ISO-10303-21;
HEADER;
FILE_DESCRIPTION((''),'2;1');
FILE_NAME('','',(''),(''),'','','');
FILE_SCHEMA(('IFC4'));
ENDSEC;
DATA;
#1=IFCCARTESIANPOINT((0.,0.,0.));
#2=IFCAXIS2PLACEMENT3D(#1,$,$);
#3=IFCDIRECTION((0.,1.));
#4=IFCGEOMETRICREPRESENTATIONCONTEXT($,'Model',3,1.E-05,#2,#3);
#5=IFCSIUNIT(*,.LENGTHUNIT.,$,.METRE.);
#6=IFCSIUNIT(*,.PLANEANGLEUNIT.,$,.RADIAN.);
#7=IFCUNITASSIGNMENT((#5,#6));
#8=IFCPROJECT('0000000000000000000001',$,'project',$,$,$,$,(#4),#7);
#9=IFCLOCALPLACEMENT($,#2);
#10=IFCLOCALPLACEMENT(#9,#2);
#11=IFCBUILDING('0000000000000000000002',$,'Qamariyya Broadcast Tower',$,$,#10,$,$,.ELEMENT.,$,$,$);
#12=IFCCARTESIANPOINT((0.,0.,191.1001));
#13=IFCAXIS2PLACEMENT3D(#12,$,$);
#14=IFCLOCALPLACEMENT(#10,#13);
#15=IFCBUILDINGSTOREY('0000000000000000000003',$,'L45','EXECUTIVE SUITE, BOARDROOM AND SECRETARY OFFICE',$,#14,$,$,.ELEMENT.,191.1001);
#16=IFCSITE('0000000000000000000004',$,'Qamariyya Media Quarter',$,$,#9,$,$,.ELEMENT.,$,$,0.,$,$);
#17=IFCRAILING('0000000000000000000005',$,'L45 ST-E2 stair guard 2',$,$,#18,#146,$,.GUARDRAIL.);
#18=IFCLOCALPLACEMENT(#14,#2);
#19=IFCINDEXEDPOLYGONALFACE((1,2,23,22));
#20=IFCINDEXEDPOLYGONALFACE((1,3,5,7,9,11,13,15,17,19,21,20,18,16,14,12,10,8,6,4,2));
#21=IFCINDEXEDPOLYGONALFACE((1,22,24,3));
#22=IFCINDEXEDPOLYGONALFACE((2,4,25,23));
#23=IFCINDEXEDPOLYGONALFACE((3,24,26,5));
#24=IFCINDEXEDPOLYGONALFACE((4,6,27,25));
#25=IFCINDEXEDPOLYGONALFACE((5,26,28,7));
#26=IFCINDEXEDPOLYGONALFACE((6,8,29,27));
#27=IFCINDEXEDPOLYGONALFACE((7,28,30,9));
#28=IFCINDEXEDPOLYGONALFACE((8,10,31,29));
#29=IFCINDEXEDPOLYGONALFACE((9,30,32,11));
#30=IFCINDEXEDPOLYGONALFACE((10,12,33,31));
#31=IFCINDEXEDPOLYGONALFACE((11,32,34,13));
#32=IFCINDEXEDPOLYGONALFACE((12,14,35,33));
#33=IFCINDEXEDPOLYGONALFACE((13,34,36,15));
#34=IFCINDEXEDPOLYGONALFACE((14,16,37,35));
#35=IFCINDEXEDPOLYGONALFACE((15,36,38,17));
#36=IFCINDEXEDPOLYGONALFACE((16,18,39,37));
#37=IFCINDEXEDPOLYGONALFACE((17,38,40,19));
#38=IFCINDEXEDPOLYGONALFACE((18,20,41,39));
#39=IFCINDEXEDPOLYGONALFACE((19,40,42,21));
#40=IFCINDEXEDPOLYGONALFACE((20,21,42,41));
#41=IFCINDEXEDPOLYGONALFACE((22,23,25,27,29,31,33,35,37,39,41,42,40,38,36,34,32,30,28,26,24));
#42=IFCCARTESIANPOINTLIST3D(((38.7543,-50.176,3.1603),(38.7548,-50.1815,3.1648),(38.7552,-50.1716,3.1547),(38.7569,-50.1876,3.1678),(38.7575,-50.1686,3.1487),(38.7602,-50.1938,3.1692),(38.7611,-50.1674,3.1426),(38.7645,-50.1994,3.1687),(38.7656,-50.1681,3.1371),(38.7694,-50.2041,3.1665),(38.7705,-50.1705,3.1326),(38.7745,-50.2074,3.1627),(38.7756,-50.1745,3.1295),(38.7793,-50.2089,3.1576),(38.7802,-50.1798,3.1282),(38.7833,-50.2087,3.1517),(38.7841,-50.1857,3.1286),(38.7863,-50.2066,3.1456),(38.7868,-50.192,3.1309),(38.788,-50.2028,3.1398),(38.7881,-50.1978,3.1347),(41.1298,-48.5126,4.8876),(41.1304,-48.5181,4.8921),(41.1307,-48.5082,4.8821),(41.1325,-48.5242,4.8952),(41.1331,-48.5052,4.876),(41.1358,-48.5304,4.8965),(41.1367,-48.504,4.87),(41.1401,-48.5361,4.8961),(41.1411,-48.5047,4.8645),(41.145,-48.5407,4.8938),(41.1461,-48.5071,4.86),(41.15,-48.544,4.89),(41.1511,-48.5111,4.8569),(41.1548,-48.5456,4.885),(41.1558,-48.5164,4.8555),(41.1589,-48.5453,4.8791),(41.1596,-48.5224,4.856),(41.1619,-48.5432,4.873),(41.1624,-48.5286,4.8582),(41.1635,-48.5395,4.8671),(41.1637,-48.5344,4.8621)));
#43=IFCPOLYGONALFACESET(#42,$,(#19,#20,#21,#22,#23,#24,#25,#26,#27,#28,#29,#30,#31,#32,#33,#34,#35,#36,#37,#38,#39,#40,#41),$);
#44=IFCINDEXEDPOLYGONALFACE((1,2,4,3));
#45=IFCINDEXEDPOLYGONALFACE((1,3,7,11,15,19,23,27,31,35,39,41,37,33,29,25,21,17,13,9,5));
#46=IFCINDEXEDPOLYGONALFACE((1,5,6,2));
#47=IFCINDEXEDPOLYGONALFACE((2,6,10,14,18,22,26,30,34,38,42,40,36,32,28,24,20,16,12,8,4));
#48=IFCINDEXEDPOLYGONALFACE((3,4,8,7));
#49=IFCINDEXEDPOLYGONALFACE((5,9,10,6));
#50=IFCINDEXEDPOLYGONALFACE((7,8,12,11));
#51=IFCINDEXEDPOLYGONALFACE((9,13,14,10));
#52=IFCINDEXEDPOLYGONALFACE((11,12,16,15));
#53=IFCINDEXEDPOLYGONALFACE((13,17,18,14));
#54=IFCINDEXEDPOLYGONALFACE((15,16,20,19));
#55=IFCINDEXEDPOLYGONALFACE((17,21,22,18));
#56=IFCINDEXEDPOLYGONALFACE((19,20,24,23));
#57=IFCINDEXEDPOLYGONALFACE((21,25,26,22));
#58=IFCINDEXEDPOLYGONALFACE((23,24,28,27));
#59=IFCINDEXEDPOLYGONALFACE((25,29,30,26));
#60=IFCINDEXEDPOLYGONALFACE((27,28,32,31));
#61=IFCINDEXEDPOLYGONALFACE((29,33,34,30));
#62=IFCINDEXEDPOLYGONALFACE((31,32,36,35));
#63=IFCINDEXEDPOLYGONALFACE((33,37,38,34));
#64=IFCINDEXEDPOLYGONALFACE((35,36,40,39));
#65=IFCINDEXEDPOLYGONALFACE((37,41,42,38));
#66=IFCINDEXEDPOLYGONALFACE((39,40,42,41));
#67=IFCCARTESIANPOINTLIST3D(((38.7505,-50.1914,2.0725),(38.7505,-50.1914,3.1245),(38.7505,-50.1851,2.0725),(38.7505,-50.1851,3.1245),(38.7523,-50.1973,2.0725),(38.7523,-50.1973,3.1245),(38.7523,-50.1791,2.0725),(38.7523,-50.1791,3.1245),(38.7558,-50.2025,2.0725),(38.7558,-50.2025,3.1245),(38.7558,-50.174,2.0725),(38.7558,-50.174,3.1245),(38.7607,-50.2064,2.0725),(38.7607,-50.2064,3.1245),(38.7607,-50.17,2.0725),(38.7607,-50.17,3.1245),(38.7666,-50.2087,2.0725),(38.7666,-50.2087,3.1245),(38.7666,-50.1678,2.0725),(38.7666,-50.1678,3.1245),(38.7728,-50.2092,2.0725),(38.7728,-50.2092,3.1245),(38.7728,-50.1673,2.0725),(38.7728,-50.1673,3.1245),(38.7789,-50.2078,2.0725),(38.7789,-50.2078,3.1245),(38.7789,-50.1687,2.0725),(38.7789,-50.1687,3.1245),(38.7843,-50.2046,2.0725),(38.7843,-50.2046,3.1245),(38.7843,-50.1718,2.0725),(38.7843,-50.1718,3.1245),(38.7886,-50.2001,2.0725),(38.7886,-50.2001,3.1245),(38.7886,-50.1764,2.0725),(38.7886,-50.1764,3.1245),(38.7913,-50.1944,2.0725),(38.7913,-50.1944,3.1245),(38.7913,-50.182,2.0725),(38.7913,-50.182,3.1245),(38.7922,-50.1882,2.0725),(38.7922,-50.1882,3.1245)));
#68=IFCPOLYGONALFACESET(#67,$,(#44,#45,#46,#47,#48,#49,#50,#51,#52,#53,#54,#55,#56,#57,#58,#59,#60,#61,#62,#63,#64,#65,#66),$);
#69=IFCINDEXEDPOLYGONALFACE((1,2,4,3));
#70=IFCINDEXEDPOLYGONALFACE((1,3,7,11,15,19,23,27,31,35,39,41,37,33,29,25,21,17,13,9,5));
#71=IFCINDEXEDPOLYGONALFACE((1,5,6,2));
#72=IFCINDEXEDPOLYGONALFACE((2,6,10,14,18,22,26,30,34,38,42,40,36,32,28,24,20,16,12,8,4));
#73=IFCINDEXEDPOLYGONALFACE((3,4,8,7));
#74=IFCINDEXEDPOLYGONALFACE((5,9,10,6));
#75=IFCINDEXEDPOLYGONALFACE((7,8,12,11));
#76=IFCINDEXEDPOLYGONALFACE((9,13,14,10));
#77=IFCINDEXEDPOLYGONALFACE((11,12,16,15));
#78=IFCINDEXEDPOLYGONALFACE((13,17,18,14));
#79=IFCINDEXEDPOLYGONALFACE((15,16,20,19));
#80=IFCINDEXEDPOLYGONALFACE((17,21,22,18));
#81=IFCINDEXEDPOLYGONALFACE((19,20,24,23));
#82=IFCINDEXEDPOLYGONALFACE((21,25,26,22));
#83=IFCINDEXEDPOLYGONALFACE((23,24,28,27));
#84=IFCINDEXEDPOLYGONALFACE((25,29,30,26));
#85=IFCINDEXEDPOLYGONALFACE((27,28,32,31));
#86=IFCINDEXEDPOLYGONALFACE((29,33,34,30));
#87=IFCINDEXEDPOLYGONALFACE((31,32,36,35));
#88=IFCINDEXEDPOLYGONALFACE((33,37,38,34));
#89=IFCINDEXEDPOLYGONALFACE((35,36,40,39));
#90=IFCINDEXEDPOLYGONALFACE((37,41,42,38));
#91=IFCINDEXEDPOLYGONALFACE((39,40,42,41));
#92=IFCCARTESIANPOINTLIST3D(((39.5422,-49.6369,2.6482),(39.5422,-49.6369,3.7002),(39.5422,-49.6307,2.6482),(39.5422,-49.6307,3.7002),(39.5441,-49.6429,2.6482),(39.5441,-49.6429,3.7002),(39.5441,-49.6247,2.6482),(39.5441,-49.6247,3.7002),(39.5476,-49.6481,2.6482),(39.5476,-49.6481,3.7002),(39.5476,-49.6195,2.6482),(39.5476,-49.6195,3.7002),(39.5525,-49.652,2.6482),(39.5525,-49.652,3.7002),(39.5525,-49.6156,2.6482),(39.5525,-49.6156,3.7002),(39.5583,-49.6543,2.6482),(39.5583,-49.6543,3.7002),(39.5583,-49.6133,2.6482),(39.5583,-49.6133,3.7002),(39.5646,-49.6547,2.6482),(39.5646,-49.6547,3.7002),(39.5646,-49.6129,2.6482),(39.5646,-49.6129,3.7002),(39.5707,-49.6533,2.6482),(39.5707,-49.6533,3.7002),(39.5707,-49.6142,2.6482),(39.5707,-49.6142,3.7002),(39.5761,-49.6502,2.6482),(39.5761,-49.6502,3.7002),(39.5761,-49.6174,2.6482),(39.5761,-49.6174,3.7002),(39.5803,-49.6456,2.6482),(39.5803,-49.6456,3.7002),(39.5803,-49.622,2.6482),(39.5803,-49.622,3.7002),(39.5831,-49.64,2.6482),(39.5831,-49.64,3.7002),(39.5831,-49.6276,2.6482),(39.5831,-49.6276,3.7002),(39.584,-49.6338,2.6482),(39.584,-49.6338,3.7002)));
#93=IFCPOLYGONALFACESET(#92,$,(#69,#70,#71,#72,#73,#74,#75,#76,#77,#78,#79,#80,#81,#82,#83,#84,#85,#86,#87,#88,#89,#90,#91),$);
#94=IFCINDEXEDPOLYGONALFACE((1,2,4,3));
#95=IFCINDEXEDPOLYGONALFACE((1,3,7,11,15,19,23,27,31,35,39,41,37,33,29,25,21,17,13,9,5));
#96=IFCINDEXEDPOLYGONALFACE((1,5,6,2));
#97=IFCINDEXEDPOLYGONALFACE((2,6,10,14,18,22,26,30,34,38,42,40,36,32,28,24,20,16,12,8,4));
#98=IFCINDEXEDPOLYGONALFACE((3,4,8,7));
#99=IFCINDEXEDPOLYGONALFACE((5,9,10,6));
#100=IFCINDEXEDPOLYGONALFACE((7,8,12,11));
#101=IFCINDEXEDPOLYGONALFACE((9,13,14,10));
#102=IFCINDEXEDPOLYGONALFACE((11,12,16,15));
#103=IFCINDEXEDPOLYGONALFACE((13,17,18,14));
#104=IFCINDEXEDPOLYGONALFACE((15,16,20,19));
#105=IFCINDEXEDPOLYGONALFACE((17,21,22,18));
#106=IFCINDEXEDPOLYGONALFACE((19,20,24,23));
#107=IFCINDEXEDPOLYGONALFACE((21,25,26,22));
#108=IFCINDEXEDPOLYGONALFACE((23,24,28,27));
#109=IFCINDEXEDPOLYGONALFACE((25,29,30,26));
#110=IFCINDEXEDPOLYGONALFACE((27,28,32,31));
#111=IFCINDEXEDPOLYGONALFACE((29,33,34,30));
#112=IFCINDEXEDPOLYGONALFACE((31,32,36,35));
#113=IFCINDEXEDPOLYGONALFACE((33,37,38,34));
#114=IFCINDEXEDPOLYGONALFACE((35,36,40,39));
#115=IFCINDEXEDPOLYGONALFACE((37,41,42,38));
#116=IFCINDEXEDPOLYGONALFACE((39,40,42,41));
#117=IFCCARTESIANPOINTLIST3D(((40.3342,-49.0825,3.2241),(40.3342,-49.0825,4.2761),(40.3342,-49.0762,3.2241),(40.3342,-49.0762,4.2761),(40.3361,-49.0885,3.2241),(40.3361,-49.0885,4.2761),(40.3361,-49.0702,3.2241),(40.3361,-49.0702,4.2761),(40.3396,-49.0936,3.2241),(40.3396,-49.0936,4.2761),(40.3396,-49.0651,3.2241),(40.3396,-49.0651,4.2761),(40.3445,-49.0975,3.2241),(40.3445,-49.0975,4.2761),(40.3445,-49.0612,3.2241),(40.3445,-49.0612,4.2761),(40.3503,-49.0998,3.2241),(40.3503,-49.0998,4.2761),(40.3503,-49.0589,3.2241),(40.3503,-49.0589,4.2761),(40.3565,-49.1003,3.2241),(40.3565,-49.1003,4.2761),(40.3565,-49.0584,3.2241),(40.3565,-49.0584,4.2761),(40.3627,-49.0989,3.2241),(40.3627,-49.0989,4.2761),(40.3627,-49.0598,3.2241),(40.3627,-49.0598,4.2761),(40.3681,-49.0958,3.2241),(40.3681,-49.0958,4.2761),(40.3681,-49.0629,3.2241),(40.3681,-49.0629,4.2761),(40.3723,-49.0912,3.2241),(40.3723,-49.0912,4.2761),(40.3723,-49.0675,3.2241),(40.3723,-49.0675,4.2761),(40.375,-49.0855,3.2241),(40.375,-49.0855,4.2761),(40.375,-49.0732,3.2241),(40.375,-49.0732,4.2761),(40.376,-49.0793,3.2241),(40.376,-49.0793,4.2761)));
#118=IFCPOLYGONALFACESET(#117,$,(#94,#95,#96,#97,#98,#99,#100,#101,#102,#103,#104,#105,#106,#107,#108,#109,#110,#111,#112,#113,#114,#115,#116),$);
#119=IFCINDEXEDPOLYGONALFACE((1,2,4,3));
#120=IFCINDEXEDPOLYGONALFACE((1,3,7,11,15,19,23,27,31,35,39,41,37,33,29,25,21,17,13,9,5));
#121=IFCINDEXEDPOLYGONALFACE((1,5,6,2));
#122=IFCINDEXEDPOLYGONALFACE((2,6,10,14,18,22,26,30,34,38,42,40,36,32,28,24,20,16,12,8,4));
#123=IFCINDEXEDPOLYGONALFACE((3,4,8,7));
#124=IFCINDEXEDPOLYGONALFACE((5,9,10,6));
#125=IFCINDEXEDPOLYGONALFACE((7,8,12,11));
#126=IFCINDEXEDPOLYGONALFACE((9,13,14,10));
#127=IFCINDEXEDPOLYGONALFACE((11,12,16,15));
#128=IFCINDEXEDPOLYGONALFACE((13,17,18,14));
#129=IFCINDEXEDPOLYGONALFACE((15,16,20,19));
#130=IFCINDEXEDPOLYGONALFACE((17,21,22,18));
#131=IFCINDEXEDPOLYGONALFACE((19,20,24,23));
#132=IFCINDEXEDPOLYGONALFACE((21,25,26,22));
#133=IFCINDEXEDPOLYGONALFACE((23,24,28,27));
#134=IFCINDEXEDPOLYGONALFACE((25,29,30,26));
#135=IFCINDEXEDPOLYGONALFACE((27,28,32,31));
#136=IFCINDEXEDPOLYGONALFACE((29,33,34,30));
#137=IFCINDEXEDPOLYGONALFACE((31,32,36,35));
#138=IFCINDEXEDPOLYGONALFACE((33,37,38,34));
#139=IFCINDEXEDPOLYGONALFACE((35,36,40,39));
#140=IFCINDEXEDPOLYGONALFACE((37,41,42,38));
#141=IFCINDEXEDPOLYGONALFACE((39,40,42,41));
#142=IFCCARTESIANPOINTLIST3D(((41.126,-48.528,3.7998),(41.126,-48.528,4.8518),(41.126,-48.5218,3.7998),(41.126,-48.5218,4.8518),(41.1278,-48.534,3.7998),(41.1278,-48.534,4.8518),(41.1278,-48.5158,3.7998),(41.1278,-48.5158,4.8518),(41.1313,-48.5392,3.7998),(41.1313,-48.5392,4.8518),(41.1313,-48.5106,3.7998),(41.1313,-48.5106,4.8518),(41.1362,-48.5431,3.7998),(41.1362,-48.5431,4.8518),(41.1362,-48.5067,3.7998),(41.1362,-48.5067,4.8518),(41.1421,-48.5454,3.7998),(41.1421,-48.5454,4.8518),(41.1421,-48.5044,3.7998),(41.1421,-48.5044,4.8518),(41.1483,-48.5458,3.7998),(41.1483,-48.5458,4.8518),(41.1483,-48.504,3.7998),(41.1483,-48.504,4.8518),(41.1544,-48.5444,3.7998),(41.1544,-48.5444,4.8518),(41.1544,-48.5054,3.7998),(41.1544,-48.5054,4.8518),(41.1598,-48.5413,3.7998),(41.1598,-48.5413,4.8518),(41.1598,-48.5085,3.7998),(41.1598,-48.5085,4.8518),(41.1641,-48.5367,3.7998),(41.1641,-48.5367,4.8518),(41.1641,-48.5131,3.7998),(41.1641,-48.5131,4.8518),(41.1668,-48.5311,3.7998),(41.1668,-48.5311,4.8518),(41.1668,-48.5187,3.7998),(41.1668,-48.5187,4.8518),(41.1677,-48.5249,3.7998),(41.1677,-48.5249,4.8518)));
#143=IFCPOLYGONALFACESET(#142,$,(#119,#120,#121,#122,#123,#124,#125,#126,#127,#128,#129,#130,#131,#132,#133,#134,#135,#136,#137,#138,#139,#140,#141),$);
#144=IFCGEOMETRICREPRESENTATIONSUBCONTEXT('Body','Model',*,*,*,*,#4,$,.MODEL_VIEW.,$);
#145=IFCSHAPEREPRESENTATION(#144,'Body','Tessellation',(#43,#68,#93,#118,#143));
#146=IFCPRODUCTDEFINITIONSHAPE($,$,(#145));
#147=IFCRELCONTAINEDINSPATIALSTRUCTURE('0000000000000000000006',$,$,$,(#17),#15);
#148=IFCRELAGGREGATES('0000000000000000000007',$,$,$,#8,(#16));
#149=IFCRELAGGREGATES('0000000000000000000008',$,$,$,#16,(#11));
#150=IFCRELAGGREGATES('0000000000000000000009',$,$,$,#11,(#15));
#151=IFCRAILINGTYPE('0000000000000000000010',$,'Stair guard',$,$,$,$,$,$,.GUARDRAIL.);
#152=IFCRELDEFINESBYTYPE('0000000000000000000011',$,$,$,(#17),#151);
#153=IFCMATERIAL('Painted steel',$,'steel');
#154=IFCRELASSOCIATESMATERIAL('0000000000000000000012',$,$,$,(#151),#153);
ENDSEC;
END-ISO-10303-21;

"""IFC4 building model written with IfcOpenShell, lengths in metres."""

from ifc_helpers import new_model, si_unit, direction, frame, origin, origin_2d, place, context, subcontext, project, spatial, circle, extrude, material, type_object, element, save


model = new_model("IFC4")

# Units and contexts
model_context = context("Model", 3, precision=1e-05, world=origin(), true_north=direction((0.0, 1.0)))
body_context = subcontext(model_context, "Body", "Model", "MODEL_VIEW")
ifc_project = project(units=[si_unit("LENGTHUNIT", "METRE"), si_unit("PLANEANGLEUNIT", "RADIAN")], contexts=[model_context])

# Site, building, storey
site_placement = place(None, origin())
site = spatial("IfcSite", under=ifc_project, at=site_placement, Name="Qamariyya Media Quarter", CompositionType="ELEMENT", RefElevation=0.0)
building_placement = place(site_placement, origin())
building = spatial("IfcBuilding", under=site, at=building_placement, Name="Qamariyya Broadcast Tower", CompositionType="ELEMENT")
storey_placement = place(building_placement, frame((0.0, 0.0, 191.1001)))
storey = spatial("IfcBuildingStorey", under=building, at=storey_placement, Name="L45", Description="EXECUTIVE SUITE, BOARDROOM AND SECRETARY OFFICE", CompositionType="ELEMENT", Elevation=191.1001)

# Railing
ifc_material_1 = material(Name="Painted steel", Category="steel")
railing_type_1 = type_object("IfcRailingType", Name="Stair guard", PredefinedType="GUARDRAIL", material=ifc_material_1)
railing_1_placement = place(storey_placement, frame((38.7712, -50.1882, 2.0725)))
element("IfcRailing", 1, at=railing_1_placement, inside=storey, type_object=railing_type_1, Name="L45 ST-E2 stair guard 2", PredefinedType="GUARDRAIL", context=body_context, shape_type="SweptSolid", body=[
    extrude(circle(Radius=0.0239, at=origin_2d()), frame((0.0, 0.0, 1.0762), z_axis=(0.70377, 0.492784, 0.511734), x_axis=(-0.573575, 0.819153, 0.0)), (0.0, 0.0, 1.0), 3.3755),
    extrude(circle(Radius=0.021, at=origin_2d()), origin(), (0.0, 0.0, 1.0), 1.052),
    extrude(circle(Radius=0.021, at=origin_2d()), frame((0.7917, 0.5544, 0.5757)), (0.0, 0.0, 1.0), 1.052),
    extrude(circle(Radius=0.021, at=origin_2d()), frame((1.5837, 1.1089, 1.1516)), (0.0, 0.0, 1.0), 1.052),
    extrude(circle(Radius=0.021, at=origin_2d()), frame((2.3755, 1.6633, 1.7273)), (0.0, 0.0, 1.0), 1.052),
])

save(model, "model.ifc")
